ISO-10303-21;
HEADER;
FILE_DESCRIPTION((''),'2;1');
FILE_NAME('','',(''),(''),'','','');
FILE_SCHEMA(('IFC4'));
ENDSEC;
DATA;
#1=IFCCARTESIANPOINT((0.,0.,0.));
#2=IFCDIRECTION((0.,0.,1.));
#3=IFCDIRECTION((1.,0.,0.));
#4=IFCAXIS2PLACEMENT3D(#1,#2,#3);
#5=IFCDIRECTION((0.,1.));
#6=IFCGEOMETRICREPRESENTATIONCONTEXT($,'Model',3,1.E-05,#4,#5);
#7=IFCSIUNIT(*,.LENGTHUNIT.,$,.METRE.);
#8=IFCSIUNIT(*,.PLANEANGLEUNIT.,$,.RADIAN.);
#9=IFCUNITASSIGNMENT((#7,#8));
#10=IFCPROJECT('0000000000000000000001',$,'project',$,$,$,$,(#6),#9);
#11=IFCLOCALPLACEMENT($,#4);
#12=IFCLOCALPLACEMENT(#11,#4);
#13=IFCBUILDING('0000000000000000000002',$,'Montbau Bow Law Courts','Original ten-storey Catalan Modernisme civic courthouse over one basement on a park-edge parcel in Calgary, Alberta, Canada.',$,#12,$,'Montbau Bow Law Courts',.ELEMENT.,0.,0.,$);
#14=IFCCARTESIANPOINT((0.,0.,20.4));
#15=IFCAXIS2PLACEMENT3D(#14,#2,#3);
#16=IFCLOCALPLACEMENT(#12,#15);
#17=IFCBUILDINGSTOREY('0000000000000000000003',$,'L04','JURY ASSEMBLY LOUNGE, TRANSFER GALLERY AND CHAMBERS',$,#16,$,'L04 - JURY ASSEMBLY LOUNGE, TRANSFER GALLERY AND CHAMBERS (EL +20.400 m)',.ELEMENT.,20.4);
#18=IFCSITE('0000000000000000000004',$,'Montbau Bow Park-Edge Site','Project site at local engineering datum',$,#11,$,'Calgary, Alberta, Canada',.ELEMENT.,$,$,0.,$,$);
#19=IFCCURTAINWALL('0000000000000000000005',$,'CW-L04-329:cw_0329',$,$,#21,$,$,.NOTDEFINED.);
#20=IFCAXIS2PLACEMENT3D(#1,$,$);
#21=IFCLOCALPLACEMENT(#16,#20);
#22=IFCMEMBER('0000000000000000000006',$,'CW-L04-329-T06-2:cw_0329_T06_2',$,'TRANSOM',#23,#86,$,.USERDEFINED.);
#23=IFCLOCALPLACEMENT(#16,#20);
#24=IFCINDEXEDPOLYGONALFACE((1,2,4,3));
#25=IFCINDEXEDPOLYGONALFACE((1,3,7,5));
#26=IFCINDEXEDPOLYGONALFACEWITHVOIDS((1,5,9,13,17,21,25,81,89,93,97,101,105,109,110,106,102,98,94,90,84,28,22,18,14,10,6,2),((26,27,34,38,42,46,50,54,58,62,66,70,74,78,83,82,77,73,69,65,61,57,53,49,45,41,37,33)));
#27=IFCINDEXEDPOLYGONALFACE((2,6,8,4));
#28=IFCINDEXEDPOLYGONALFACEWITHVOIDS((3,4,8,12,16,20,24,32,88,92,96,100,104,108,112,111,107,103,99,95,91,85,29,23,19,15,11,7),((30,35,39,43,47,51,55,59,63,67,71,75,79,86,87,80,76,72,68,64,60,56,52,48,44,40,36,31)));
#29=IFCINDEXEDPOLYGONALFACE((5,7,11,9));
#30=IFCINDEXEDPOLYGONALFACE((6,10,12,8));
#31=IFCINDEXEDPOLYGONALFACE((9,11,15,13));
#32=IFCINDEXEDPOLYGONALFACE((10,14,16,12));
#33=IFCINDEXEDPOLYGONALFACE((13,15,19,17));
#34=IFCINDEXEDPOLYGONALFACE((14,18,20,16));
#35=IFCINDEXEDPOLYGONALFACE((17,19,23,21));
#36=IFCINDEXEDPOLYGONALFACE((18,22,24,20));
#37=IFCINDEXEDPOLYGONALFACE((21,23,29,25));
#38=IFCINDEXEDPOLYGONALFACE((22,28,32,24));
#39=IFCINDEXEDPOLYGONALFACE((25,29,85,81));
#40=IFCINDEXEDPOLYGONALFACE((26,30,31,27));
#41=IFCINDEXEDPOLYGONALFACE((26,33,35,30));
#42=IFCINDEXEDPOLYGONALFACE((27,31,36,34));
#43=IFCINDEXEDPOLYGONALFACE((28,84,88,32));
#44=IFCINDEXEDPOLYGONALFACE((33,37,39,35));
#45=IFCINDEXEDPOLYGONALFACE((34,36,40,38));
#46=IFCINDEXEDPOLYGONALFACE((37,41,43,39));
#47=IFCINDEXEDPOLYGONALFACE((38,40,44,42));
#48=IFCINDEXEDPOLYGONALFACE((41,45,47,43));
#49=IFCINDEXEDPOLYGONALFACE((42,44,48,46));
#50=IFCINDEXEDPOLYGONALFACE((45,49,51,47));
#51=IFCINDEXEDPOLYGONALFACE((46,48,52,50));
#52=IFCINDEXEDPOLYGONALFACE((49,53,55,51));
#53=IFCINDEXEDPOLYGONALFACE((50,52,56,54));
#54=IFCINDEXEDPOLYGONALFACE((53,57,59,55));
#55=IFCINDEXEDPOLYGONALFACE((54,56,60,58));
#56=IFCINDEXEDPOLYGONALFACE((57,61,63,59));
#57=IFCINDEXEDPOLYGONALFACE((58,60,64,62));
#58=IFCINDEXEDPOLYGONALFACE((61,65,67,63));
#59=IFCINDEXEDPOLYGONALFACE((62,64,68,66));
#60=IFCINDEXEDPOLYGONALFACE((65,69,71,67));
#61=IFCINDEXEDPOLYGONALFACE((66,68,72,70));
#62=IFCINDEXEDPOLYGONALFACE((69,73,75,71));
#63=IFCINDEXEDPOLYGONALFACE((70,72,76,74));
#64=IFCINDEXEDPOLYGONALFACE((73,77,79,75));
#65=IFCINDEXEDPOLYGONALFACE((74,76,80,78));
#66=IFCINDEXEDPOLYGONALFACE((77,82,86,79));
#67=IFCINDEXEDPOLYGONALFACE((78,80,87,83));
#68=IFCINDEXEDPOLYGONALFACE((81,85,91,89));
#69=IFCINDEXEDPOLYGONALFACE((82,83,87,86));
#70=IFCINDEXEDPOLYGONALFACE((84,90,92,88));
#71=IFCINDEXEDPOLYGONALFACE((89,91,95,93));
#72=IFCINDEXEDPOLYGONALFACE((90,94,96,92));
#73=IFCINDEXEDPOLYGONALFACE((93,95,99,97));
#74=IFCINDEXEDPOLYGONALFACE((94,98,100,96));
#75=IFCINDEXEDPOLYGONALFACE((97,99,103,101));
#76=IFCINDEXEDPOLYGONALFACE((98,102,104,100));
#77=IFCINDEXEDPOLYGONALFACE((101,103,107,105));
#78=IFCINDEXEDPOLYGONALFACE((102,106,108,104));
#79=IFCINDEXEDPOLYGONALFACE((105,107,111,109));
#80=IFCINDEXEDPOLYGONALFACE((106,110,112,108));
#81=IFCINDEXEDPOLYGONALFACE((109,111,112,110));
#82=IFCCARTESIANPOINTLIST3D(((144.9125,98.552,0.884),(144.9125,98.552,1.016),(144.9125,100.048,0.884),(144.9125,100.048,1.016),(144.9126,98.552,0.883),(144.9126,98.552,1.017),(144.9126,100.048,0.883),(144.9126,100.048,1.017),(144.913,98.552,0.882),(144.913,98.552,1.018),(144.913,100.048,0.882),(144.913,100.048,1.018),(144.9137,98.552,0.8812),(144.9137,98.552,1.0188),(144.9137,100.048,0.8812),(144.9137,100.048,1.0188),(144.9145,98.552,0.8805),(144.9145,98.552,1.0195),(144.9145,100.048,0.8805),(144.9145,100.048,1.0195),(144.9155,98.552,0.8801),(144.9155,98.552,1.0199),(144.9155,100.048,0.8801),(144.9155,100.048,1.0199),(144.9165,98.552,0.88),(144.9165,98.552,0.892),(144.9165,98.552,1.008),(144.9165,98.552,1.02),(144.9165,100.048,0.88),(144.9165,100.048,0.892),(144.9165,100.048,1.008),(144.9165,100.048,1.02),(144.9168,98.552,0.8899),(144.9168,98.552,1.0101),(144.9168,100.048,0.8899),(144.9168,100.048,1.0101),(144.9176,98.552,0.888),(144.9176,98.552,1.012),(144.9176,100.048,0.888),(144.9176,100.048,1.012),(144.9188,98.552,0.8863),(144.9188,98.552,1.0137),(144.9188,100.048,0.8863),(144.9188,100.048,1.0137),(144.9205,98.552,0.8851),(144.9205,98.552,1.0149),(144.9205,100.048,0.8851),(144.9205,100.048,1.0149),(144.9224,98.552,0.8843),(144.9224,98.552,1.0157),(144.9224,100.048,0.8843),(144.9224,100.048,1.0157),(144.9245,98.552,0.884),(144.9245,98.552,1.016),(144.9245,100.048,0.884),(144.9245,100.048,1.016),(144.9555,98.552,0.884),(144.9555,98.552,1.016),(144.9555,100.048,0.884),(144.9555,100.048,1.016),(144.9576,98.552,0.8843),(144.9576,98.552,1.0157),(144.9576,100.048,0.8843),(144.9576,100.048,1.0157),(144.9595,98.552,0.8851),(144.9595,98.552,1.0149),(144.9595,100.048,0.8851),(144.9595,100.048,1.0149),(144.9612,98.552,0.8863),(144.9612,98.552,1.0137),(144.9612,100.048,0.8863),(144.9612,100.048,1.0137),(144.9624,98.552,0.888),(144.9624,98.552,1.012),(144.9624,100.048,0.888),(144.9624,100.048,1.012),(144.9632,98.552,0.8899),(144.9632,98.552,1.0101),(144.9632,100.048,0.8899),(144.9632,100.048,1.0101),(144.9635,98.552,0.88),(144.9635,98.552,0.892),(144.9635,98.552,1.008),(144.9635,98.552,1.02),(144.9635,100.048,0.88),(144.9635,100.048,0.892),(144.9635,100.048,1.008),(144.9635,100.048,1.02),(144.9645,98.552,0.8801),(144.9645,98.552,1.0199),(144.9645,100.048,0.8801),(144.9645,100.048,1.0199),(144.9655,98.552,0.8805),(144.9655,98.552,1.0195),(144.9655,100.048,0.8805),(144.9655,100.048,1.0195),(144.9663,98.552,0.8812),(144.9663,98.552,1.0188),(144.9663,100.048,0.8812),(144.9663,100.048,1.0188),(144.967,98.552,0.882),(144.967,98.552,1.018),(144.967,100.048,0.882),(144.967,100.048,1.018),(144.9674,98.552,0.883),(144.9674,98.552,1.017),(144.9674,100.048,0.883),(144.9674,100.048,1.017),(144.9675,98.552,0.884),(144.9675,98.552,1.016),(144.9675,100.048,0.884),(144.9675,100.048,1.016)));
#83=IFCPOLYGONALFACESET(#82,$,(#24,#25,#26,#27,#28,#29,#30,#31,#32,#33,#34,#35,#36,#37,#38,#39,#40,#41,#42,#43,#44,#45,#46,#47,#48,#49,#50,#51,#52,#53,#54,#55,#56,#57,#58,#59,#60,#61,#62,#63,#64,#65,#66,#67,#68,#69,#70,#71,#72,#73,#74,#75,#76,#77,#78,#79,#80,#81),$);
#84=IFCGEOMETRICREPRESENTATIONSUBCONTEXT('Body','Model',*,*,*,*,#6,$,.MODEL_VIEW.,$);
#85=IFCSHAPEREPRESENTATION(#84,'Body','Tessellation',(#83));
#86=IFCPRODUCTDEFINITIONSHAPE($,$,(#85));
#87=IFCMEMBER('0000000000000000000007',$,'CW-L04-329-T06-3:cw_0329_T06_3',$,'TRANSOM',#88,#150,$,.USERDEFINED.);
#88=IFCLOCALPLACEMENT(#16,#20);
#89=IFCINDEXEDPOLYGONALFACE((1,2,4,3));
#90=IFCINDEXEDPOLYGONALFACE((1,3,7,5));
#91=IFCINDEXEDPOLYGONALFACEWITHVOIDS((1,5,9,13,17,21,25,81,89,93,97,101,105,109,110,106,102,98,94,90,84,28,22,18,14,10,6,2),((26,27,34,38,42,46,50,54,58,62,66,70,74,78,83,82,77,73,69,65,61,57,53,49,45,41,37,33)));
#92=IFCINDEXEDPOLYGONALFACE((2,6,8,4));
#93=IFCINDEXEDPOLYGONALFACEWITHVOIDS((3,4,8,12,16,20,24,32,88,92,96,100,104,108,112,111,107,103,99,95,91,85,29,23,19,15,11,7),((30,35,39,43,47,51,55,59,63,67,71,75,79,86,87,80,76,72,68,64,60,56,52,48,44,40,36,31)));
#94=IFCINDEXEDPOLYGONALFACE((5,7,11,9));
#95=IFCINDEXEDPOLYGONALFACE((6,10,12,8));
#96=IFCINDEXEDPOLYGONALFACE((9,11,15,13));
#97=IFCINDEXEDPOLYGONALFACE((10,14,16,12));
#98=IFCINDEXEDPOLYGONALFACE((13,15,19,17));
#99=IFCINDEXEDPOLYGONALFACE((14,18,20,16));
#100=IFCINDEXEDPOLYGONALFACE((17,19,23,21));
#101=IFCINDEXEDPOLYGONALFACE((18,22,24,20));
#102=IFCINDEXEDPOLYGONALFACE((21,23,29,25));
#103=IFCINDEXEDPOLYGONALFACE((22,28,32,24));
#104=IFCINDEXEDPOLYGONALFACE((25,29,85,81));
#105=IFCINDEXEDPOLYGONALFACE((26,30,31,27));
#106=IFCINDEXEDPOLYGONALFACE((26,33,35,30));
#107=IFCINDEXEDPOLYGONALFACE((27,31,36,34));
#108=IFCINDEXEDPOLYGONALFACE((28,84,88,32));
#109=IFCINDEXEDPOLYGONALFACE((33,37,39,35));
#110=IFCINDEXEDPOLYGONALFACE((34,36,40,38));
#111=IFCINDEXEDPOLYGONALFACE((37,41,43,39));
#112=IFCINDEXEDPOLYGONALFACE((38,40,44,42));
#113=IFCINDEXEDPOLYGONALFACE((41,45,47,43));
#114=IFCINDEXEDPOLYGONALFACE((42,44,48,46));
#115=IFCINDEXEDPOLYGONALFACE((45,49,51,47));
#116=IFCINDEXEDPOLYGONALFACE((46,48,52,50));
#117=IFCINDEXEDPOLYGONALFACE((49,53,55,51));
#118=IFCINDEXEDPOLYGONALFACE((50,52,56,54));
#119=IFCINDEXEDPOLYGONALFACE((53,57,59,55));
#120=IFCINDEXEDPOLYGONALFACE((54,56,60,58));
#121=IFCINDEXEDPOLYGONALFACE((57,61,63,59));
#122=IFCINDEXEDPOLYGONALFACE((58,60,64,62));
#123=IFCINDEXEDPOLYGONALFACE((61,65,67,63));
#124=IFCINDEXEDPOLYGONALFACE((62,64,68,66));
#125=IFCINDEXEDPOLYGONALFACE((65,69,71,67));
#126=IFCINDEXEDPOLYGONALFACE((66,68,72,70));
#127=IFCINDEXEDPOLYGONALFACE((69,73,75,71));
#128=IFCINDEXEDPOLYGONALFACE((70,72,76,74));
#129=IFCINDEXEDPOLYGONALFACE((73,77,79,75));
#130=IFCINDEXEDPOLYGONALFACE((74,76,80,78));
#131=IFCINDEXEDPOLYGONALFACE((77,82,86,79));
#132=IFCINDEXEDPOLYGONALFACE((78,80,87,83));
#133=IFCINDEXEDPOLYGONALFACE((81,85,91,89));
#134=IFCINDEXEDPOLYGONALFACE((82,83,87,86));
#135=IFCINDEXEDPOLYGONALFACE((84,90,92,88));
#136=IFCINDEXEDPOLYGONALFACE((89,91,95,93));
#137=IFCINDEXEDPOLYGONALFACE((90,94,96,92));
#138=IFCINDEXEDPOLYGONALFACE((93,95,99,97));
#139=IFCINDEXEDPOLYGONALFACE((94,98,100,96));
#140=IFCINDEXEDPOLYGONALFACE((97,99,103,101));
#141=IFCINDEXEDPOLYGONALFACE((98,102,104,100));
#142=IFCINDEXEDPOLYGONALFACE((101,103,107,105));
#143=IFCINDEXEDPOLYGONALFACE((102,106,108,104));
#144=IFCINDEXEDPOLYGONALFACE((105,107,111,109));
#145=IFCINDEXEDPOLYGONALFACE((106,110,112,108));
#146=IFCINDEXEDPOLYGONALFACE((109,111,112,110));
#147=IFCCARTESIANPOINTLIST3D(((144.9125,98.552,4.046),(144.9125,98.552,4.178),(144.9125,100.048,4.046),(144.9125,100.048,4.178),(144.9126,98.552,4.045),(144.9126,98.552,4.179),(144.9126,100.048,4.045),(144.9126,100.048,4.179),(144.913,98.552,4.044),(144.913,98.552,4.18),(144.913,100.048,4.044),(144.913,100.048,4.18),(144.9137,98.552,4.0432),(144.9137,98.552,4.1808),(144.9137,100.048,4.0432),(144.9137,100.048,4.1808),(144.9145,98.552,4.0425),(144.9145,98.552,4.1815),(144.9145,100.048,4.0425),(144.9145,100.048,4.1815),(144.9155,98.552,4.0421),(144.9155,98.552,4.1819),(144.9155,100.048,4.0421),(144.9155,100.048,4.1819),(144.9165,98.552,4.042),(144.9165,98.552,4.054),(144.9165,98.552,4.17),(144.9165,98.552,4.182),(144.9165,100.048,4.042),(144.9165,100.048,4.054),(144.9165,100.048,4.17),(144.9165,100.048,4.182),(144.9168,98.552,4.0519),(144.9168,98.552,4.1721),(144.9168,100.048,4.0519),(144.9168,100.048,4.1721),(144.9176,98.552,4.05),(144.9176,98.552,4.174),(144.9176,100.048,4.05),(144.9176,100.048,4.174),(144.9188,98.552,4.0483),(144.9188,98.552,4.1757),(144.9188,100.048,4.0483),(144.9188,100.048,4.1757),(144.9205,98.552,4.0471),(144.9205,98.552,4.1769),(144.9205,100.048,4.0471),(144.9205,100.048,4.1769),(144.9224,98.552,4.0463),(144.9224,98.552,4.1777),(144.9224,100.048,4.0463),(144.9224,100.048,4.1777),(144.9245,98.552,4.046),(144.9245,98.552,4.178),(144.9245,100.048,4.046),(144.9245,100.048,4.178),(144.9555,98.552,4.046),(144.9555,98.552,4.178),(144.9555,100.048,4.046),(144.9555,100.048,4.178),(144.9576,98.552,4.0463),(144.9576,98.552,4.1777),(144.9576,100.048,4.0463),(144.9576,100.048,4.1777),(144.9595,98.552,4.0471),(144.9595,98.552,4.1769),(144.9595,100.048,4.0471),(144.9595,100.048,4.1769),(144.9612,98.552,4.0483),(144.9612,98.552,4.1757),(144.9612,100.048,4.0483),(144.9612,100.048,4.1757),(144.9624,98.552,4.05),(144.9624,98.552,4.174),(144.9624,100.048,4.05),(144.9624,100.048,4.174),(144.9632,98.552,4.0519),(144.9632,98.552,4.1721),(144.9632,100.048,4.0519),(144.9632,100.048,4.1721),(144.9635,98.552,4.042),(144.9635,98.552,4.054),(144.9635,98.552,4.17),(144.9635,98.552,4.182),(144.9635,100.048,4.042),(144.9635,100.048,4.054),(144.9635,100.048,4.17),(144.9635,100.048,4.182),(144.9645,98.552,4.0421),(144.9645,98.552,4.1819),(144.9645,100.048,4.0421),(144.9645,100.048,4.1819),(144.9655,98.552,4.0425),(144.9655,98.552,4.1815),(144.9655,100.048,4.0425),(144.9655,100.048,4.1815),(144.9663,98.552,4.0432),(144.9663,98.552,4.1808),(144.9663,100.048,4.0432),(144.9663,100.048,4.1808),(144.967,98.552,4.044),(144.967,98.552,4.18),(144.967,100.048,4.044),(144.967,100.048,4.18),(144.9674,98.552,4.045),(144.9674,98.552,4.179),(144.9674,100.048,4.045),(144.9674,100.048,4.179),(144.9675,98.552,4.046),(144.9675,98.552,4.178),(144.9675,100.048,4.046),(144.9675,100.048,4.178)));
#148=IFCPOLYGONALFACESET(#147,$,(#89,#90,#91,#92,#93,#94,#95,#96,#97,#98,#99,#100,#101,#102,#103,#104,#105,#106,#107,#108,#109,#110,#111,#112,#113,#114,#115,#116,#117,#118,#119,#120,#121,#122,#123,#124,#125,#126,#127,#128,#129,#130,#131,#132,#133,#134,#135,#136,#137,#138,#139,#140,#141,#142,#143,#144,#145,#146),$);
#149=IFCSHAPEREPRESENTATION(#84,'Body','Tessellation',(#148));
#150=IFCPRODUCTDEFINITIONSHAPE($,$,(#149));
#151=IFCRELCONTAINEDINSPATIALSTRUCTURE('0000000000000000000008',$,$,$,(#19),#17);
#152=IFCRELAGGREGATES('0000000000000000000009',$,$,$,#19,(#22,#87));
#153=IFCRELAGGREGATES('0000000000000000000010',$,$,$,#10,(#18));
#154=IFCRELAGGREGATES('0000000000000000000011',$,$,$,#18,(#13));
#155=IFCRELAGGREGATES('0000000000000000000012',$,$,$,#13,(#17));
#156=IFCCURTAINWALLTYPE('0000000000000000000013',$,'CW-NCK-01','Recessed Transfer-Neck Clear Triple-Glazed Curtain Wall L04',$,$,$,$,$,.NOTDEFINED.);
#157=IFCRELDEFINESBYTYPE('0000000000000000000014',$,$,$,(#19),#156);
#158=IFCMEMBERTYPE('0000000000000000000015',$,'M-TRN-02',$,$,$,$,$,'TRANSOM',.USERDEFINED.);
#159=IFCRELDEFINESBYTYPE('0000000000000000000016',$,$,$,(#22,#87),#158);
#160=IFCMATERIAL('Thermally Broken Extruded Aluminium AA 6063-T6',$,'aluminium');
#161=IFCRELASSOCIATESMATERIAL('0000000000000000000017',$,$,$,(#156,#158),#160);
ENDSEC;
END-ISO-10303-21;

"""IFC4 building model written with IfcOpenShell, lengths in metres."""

from ifc_helpers import new_model, si_unit, direction, frame, origin_with_axes, origin_2d_with_axis, place, context, subcontext, project, spatial, hollow_rectangle, extrude, material, material_profile, profile_set, type_object, element, aggregate, save


model = new_model("IFC4")

# Units and contexts
model_context = context("Model", 3, precision=1e-05, world=origin_with_axes(), true_north=direction((0.0, 1.0)))
body_context = subcontext(model_context, "Body", "Model", "MODEL_VIEW")
ifc_project = project(units=[si_unit("LENGTHUNIT", "METRE"), si_unit("PLANEANGLEUNIT", "RADIAN")], contexts=[model_context])

# Site, building, storey
site_placement = place(None, origin_with_axes())
site = spatial("IfcSite", under=ifc_project, at=site_placement, Name="Montbau Bow Park-Edge Site", Description="Project site at local engineering datum", LongName="Calgary, Alberta, Canada", CompositionType="ELEMENT", RefElevation=0.0)
building_placement = place(site_placement, origin_with_axes())
building = spatial("IfcBuilding", under=site, at=building_placement, Name="Montbau Bow Law Courts", Description="Original ten-storey Catalan Modernisme civic courthouse over one basement on a park-edge parcel in Calgary, Alberta, Canada.", LongName="Montbau Bow Law Courts", CompositionType="ELEMENT", ElevationOfRefHeight=0.0, ElevationOfTerrain=0.0)
storey_placement = place(building_placement, frame((0.0, 0.0, 20.4), z_axis=(0.0, 0.0, 1.0), x_axis=(1.0, 0.0, 0.0)))
storey = spatial("IfcBuildingStorey", under=building, at=storey_placement, Name="L04", Description="JURY ASSEMBLY LOUNGE, TRANSFER GALLERY AND CHAMBERS", LongName="L04 - JURY ASSEMBLY LOUNGE, TRANSFER GALLERY AND CHAMBERS (EL +20.400 m)", CompositionType="ELEMENT", Elevation=20.4)

# Curtain wall, members
ifc_material_1 = material(Name="Thermally Broken Extruded Aluminium AA 6063-T6", Category="aluminium")
curtain_wall_type = type_object("IfcCurtainWallType", Name="CW-NCK-01", Description="Recessed Transfer-Neck Clear Triple-Glazed Curtain Wall L04", PredefinedType="NOTDEFINED", material=ifc_material_1)
curtain_wall_placement = place(None, frame((144.94, 90.72, 20.4), z_axis=(0.0, 0.0, 1.0), x_axis=(1.0, 0.0, 0.0)))
curtain_wall = element("IfcCurtainWall", 1, at=curtain_wall_placement, inside=storey, type_object=curtain_wall_type, Name="CW-L04-329:cw_0329", PredefinedType="NOTDEFINED")
ifc_material_profile_1 = material_profile(ifc_material_1, hollow_rectangle(XDim=0.055, YDim=0.14, WallThickness=0.004, InnerFilletRadius=0.008, OuterFilletRadius=0.004, at=origin_2d_with_axis()), Name="CWT-140X55", Category="Main", Priority=0)
ifc_profile_set_1 = profile_set([ifc_material_profile_1], Name="Thermally Broken Extruded Aluminium AA 6063-T6")
member_type_1 = type_object("IfcMemberType", Name="M-TRN-02", ElementType="TRANSOM", PredefinedType="USERDEFINED", material=ifc_profile_set_1)
member_1_placement = place(None, frame((144.94, 98.552, 21.35), z_axis=(0.0, 1.0, 0.0), x_axis=(-1.0, 0.0, 0.0)))
member_1 = element("IfcMember", 2, at=member_1_placement, type_object=member_type_1, Name="CW-L04-329-T06-2:cw_0329_T06_2", ObjectType="TRANSOM", PredefinedType="USERDEFINED", context=body_context, shape_type="SweptSolid", body=[
    extrude(hollow_rectangle(XDim=0.055, YDim=0.14, WallThickness=0.004, InnerFilletRadius=0.008, OuterFilletRadius=0.004, at=origin_2d_with_axis()), origin_with_axes(), (0.0, 0.0, 1.0), 1.496),
])
member_2_placement = place(None, frame((144.94, 98.552, 24.512), z_axis=(0.0, 1.0, 0.0), x_axis=(-1.0, 0.0, 0.0)))
member_2 = element("IfcMember", 3, at=member_2_placement, type_object=member_type_1, Name="CW-L04-329-T06-3:cw_0329_T06_3", ObjectType="TRANSOM", PredefinedType="USERDEFINED", context=body_context, shape_type="SweptSolid", body=[
    extrude(hollow_rectangle(XDim=0.055, YDim=0.14, WallThickness=0.004, InnerFilletRadius=0.008, OuterFilletRadius=0.004, at=origin_2d_with_axis()), origin_with_axes(), (0.0, 0.0, 1.0), 1.496),
])
aggregate(curtain_wall, [member_1, member_2])

save(model, "model.ifc")
